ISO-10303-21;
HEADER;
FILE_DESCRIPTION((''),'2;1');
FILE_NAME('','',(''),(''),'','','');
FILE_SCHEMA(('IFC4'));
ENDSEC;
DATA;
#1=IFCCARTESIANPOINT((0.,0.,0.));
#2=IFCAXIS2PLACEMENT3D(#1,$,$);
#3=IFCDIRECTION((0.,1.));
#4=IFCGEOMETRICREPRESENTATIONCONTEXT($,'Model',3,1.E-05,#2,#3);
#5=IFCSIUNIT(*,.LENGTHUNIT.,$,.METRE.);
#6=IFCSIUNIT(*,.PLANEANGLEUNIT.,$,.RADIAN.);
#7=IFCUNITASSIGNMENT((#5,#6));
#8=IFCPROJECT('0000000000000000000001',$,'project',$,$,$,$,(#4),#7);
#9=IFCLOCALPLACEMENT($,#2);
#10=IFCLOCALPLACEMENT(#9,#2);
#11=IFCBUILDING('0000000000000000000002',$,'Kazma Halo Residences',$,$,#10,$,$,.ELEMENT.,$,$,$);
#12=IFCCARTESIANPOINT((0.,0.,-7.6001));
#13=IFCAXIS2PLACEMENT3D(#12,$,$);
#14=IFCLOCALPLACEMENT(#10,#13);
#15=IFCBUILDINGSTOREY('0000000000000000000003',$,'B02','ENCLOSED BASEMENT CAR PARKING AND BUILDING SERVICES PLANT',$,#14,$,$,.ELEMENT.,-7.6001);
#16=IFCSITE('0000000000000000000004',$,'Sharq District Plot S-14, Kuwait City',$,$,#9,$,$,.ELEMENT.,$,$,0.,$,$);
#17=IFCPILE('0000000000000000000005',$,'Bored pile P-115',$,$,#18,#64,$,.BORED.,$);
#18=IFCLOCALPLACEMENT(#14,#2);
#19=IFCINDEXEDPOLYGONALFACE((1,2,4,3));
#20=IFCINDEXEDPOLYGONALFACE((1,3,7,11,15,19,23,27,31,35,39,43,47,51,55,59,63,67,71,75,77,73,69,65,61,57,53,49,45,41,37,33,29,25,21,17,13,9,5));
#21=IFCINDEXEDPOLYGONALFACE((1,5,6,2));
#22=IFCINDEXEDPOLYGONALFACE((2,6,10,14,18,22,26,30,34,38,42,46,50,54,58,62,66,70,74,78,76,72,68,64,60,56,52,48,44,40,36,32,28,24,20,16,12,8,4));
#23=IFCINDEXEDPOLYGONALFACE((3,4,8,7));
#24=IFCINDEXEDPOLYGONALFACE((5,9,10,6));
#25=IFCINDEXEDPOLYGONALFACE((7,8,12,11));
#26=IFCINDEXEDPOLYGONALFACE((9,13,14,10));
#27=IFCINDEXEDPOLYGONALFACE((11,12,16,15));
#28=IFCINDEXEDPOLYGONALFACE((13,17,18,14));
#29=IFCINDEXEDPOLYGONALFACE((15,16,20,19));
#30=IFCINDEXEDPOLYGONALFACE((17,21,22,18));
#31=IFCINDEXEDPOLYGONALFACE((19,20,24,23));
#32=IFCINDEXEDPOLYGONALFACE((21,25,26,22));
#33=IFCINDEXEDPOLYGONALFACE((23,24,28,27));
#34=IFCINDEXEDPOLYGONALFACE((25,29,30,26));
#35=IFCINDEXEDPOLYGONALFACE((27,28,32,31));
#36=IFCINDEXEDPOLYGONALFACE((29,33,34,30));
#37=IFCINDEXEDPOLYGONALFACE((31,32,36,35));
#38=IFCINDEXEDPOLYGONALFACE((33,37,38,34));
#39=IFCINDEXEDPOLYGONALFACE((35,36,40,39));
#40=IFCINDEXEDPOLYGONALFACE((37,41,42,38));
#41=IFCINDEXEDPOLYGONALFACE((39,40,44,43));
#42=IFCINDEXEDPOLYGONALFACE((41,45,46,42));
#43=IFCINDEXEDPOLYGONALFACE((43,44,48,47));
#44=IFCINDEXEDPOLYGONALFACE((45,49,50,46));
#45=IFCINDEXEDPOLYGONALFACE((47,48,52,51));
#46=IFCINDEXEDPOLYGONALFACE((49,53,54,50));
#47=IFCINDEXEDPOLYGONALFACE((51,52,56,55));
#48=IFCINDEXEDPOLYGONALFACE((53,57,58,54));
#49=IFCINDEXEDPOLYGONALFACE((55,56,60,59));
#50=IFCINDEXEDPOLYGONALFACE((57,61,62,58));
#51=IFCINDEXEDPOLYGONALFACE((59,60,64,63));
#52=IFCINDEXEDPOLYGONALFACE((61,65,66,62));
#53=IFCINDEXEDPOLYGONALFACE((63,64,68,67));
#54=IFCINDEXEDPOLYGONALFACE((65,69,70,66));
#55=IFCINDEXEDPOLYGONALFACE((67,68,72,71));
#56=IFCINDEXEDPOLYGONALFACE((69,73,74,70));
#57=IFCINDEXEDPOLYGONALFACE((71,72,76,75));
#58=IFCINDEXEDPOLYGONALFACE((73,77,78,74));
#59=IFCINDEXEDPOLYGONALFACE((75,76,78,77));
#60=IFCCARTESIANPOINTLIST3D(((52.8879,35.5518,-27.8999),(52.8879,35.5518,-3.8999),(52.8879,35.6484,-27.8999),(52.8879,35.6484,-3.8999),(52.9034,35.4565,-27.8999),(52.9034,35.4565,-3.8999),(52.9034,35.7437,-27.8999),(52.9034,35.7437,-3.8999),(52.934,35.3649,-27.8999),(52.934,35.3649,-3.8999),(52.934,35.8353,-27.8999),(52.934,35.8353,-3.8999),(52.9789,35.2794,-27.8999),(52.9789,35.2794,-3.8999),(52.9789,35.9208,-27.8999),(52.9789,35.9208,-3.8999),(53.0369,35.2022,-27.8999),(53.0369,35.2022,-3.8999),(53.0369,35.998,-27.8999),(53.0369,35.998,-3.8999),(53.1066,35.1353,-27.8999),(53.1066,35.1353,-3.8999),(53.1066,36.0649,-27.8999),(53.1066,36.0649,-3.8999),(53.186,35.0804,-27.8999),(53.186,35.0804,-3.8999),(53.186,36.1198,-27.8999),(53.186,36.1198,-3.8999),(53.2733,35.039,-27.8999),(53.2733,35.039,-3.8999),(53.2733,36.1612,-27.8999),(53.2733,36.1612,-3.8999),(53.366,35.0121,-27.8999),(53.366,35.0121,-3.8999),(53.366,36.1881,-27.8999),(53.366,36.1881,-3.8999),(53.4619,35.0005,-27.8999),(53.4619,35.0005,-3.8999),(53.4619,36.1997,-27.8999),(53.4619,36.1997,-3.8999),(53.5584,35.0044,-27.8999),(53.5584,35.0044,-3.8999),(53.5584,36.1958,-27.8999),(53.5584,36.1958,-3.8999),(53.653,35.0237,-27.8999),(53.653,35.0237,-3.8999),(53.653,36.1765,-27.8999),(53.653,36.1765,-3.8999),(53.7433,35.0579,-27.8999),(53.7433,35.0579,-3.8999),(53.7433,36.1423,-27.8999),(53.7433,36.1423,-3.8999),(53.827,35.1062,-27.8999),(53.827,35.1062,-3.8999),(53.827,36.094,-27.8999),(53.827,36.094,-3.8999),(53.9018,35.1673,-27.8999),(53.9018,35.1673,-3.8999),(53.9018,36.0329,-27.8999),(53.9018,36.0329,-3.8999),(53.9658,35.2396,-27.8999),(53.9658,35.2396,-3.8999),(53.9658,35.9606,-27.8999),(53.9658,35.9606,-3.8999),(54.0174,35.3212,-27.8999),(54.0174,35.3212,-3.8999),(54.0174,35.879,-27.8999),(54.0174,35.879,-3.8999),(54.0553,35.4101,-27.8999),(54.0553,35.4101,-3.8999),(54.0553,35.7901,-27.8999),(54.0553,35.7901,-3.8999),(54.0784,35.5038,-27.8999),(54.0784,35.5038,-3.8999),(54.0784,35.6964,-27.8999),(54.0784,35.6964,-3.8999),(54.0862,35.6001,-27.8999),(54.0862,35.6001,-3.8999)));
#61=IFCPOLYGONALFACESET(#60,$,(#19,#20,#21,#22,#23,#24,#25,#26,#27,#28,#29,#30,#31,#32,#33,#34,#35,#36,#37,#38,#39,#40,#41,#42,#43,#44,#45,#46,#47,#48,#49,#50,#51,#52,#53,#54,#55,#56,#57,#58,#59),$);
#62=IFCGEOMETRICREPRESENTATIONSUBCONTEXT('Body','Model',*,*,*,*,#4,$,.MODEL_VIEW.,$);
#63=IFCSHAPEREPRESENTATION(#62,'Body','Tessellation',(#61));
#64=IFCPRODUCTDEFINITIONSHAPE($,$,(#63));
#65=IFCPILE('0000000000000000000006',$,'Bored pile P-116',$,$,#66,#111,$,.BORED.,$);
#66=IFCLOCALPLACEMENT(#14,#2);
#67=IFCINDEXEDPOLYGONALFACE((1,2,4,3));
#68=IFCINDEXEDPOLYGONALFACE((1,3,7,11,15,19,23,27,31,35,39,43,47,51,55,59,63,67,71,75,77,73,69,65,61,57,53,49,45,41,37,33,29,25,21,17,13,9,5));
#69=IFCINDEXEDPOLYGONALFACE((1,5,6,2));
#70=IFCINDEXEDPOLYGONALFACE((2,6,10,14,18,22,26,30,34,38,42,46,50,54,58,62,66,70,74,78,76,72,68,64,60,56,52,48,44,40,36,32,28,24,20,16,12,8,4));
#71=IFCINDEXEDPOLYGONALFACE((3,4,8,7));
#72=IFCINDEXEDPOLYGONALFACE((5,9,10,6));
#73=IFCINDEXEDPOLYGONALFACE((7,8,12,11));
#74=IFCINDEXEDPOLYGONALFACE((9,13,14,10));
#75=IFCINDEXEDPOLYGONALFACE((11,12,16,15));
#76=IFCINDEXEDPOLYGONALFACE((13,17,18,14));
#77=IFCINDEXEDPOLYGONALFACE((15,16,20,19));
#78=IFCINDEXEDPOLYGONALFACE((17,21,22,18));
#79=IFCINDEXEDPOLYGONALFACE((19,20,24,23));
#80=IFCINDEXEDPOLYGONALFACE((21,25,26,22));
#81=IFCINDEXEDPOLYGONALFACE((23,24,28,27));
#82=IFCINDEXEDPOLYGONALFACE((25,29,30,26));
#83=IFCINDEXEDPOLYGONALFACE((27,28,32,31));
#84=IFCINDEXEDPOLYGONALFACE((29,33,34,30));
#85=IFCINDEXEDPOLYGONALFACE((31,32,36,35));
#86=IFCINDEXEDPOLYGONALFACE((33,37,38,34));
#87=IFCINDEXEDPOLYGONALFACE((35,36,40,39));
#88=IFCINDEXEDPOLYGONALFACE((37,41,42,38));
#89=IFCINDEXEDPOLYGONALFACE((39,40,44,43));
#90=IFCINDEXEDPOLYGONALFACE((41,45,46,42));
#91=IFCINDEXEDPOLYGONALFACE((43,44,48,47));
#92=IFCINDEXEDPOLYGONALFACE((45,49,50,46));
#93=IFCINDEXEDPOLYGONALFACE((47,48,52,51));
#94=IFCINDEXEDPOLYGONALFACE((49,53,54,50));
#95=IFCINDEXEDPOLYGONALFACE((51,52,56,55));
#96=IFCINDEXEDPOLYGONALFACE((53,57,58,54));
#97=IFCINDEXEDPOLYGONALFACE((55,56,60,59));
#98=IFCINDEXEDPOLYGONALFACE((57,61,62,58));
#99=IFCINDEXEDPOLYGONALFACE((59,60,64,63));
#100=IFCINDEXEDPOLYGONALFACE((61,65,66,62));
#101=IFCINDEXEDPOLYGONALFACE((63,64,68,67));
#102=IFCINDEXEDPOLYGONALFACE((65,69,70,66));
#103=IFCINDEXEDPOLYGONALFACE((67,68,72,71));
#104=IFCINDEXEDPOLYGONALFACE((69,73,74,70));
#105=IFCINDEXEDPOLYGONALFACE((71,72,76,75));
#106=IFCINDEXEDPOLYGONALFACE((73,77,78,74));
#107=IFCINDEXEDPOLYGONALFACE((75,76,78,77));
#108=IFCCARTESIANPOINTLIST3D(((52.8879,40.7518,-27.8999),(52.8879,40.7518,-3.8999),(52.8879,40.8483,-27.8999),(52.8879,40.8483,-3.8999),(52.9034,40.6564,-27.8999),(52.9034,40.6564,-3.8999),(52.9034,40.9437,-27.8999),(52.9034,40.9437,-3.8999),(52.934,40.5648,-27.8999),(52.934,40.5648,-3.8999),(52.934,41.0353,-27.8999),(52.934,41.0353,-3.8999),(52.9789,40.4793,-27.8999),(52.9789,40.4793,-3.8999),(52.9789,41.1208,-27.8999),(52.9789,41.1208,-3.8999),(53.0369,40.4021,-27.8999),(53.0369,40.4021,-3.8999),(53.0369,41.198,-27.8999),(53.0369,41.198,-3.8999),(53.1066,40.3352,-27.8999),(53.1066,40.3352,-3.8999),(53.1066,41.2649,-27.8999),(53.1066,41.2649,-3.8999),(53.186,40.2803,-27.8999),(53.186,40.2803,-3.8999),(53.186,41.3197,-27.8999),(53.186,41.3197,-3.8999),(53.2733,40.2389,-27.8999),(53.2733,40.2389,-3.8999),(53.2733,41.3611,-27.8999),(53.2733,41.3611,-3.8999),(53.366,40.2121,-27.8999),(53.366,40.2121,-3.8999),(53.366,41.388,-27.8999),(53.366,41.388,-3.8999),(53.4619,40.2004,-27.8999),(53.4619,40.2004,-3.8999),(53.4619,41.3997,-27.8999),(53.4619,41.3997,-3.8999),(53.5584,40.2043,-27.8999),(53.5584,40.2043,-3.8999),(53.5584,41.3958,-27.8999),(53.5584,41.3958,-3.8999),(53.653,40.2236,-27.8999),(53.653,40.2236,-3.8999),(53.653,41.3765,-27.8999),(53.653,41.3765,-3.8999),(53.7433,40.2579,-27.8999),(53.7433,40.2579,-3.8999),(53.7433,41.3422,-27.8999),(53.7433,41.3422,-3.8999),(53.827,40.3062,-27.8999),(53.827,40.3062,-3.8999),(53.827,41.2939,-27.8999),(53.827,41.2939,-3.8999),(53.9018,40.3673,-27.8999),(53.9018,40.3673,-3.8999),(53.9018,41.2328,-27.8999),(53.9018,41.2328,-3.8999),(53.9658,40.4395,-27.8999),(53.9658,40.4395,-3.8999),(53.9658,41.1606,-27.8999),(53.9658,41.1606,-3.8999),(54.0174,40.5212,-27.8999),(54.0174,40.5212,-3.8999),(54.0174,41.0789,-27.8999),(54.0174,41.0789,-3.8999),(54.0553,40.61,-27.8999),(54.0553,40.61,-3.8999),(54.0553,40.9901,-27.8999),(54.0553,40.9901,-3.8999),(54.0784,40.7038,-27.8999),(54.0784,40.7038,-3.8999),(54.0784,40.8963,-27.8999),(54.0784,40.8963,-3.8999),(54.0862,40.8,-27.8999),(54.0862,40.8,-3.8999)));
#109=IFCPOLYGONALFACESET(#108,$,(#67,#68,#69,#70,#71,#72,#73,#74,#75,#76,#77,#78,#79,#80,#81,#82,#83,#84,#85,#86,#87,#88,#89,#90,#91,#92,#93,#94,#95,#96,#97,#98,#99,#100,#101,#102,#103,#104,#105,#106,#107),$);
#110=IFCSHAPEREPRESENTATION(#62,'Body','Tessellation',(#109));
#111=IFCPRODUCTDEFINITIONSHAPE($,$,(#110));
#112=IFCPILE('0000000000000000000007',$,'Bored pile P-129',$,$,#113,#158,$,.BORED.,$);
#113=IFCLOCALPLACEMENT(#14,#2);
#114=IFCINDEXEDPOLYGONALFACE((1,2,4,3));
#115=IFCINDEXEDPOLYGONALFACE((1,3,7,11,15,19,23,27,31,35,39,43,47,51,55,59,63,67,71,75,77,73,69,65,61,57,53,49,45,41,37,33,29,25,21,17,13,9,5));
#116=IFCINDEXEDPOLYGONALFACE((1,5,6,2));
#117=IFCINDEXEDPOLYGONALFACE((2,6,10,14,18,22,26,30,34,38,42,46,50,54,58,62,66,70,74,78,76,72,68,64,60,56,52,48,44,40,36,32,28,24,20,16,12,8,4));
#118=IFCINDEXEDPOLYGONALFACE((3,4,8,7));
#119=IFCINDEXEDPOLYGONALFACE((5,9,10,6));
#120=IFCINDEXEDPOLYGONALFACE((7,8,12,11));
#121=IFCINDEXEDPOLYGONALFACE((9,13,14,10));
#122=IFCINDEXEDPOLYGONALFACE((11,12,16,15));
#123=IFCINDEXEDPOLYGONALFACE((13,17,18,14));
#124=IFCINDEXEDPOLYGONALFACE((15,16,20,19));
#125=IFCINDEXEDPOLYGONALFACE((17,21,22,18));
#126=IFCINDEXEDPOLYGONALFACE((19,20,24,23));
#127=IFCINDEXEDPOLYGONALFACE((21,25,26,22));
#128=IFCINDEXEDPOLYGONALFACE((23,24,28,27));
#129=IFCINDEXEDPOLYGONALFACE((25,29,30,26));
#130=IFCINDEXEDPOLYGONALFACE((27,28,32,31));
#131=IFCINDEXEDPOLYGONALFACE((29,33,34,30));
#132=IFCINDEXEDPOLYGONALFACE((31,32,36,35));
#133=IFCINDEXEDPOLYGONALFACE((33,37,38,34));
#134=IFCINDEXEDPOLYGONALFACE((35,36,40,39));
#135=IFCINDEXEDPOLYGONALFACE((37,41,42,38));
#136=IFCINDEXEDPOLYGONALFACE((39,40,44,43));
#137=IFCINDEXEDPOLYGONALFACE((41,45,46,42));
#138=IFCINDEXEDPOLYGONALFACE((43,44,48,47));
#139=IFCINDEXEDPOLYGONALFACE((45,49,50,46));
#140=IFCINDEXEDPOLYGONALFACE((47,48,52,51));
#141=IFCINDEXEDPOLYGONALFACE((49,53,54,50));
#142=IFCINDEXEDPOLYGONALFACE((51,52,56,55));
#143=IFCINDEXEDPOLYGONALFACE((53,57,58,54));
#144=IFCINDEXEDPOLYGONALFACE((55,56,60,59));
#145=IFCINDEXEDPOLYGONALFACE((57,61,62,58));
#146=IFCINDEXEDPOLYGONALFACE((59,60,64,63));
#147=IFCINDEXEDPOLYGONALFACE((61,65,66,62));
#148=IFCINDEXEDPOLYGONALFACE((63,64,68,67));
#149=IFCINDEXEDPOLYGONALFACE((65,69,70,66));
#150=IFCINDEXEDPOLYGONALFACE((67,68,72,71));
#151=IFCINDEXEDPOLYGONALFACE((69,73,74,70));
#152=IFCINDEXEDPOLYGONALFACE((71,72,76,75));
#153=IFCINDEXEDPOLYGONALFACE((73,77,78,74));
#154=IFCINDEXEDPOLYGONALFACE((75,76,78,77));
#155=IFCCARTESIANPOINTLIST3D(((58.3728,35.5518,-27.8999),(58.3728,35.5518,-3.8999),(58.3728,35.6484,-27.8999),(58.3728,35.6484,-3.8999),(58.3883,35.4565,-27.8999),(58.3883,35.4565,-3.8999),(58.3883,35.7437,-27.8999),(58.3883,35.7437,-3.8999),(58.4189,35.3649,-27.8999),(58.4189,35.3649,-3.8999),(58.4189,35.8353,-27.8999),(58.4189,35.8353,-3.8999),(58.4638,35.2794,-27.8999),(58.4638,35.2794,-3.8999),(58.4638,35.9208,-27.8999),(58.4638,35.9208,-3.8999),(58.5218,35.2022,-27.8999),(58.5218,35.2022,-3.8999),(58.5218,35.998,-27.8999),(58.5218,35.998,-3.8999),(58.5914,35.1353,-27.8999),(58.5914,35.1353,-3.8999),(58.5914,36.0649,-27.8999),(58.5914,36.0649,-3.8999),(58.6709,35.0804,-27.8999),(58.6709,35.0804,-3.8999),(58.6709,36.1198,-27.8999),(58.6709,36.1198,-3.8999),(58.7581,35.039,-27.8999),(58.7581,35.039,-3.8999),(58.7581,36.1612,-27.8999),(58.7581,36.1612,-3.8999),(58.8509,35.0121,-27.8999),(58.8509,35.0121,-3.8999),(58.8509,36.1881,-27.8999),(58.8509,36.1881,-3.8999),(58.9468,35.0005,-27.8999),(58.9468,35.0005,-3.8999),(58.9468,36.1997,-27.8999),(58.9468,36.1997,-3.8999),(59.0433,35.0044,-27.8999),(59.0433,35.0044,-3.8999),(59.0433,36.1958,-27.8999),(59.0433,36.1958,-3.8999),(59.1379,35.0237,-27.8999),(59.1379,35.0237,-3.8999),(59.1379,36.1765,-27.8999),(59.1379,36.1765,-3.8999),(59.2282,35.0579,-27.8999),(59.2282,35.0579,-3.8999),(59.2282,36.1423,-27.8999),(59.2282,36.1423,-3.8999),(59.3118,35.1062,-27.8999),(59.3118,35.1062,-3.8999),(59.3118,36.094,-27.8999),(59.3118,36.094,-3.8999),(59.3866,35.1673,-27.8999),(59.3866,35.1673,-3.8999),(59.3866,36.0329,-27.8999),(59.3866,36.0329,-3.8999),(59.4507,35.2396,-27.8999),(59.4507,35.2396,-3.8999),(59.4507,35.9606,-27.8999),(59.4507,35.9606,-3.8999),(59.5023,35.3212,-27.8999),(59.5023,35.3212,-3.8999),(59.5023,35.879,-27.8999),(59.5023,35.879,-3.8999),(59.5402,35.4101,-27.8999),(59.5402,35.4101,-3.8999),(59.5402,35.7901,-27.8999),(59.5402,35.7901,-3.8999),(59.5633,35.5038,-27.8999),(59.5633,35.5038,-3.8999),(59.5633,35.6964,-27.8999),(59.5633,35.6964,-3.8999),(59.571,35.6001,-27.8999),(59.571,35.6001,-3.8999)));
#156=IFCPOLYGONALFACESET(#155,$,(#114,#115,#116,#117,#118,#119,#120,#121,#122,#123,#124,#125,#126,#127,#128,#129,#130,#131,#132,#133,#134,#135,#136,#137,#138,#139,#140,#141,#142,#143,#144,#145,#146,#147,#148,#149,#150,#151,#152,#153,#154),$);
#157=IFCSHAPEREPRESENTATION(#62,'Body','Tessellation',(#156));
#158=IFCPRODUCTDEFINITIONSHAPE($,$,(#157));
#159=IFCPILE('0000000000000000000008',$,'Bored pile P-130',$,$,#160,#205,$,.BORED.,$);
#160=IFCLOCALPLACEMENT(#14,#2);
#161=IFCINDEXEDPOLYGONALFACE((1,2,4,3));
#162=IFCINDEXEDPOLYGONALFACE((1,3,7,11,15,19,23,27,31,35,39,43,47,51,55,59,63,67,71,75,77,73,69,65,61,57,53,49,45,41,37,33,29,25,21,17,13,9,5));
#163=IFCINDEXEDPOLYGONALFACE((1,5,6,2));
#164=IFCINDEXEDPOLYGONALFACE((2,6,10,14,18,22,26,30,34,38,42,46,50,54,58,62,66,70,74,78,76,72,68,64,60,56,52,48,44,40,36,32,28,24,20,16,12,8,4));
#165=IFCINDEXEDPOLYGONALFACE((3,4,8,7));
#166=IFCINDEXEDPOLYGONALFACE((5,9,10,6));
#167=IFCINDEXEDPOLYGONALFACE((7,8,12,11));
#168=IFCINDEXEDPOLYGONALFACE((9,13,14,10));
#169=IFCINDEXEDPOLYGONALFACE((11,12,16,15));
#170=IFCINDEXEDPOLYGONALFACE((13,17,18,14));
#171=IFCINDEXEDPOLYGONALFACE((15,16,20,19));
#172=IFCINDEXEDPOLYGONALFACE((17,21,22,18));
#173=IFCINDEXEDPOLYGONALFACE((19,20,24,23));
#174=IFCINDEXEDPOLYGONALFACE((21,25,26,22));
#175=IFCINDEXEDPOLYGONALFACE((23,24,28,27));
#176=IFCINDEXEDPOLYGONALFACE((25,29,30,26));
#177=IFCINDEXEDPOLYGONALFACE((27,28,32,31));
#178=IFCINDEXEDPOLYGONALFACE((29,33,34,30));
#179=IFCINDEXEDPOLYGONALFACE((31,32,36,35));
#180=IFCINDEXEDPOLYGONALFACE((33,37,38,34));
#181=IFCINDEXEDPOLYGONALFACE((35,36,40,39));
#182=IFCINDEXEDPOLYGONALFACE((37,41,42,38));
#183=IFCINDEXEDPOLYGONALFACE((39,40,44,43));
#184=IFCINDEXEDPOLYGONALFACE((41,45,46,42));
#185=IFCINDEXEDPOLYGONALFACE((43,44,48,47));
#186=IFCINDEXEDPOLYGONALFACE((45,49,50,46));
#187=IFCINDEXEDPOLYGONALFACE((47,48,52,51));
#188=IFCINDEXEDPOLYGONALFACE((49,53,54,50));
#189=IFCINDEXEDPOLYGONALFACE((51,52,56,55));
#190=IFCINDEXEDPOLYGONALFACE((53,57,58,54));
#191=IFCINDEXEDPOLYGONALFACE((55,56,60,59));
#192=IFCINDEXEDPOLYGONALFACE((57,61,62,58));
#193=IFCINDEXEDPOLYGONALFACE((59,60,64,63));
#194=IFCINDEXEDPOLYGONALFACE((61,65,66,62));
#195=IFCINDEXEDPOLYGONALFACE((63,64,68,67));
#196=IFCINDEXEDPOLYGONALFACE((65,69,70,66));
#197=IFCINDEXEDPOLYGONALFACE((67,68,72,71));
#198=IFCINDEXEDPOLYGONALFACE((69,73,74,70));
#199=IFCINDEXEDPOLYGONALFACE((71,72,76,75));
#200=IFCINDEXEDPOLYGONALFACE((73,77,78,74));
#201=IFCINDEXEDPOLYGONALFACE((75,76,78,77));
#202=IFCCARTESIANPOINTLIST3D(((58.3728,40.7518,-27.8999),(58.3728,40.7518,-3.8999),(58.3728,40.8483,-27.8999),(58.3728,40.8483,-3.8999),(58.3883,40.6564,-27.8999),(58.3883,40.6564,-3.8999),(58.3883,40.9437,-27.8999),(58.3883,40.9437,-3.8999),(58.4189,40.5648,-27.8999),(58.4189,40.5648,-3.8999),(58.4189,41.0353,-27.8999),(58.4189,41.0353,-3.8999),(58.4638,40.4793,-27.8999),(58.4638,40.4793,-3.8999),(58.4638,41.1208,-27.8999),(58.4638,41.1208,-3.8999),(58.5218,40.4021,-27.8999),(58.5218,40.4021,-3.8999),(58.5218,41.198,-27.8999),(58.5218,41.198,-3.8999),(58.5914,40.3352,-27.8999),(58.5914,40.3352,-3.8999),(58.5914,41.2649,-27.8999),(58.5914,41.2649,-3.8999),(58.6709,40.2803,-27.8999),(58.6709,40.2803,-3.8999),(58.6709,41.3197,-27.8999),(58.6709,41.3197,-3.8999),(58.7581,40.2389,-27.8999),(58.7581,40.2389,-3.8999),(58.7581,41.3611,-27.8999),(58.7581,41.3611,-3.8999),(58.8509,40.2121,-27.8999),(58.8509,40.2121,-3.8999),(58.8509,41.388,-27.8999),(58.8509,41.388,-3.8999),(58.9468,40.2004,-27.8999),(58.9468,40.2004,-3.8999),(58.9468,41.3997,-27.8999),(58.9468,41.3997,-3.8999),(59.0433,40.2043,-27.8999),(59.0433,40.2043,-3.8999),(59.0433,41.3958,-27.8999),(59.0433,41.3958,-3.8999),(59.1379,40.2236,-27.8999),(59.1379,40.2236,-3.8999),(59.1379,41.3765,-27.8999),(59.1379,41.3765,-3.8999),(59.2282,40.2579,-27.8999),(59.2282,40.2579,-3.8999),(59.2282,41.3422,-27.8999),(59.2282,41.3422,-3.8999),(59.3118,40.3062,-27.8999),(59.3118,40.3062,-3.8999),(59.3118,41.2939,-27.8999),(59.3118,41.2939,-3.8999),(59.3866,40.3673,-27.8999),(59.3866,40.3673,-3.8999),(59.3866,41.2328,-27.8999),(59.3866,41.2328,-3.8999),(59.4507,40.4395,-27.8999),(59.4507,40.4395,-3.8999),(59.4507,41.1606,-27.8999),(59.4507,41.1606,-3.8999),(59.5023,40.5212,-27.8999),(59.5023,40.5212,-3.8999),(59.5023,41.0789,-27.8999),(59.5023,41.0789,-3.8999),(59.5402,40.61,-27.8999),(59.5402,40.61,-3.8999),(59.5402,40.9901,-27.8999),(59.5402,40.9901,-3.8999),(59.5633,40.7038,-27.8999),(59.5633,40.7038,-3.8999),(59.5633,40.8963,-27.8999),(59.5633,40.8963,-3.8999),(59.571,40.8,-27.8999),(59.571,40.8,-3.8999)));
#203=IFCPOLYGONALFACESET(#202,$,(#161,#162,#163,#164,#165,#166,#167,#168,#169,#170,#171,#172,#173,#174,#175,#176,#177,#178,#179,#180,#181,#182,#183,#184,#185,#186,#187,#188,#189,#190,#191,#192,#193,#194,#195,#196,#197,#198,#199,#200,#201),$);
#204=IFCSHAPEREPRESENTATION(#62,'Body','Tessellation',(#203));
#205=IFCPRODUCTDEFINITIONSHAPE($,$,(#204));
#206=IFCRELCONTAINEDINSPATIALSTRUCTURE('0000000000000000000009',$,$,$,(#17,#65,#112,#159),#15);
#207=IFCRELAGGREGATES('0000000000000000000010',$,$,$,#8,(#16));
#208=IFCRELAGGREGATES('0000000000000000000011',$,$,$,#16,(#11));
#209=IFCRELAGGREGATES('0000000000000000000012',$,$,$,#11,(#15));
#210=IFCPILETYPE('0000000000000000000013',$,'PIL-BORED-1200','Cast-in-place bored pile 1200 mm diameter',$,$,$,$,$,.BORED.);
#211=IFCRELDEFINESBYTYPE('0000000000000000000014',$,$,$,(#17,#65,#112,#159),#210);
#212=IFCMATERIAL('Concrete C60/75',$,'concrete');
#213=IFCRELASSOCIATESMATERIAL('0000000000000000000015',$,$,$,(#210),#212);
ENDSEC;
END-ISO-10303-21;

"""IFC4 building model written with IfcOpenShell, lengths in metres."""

from ifc_helpers import new_model, si_unit, direction, frame, origin, origin_2d, place, context, subcontext, project, spatial, circle, extrude, material, material_profile, profile_set, type_object, element, save


model = new_model("IFC4")

# Units and contexts
model_context = context("Model", 3, precision=1e-05, world=origin(), true_north=direction((0.0, 1.0)))
body_context = subcontext(model_context, "Body", "Model", "MODEL_VIEW")
ifc_project = project(units=[si_unit("LENGTHUNIT", "METRE"), si_unit("PLANEANGLEUNIT", "RADIAN")], contexts=[model_context])

# Site, building, storey
site_placement = place(None, origin())
site = spatial("IfcSite", under=ifc_project, at=site_placement, Name="Sharq District Plot S-14, Kuwait City", CompositionType="ELEMENT", RefElevation=0.0)
building_placement = place(site_placement, origin())
building = spatial("IfcBuilding", under=site, at=building_placement, Name="Kazma Halo Residences", CompositionType="ELEMENT")
storey_placement = place(building_placement, frame((0.0, 0.0, -7.6001)))
storey = spatial("IfcBuildingStorey", under=building, at=storey_placement, Name="B02", Description="ENCLOSED BASEMENT CAR PARKING AND BUILDING SERVICES PLANT", CompositionType="ELEMENT", Elevation=-7.6001)

# Piles
ifc_material_1 = material(Name="Concrete C60/75", Category="concrete")
ifc_material_profile_1 = material_profile(ifc_material_1, circle(Radius=0.6001, at=origin_2d()), Name="CIRC1200")
ifc_profile_set_1 = profile_set([ifc_material_profile_1], Name="Concrete C60/75")
pile_type = type_object("IfcPileType", Name="PIL-BORED-1200", Description="Cast-in-place bored pile 1200 mm diameter", PredefinedType="BORED", material=ifc_profile_set_1)
for number, where, z_axis, x_axis, name in (
    (1, (53.4861, 35.6001, -3.8999), (0.0, 0.0, -1.0), (1.0, 0.0, 0.0), "Bored pile P-115"),
    (2, (53.4861, 40.8, -3.8999), (0.0, 0.0, -1.0), (1.0, 0.0, 0.0), "Bored pile P-116"),
    (3, (58.9709, 35.6001, -3.8999), (0.0, 0.0, -1.0), (1.0, 0.0, 0.0), "Bored pile P-129"),
    (4, (58.9709, 40.8, -3.8999), (0.0, 0.0, -1.0), (1.0, 0.0, 0.0), "Bored pile P-130"),
):
    element("IfcPile", number, at=place(storey_placement, frame(where, z_axis=z_axis, x_axis=x_axis)), inside=storey, type_object=pile_type, Name=name, PredefinedType="BORED", context=body_context, shape_type="SweptSolid", body=[
        extrude(circle(Radius=0.6001, at=origin_2d()), origin(), (0.0, 0.0, 1.0), 24.0),
    ])

save(model, "model.ifc")
